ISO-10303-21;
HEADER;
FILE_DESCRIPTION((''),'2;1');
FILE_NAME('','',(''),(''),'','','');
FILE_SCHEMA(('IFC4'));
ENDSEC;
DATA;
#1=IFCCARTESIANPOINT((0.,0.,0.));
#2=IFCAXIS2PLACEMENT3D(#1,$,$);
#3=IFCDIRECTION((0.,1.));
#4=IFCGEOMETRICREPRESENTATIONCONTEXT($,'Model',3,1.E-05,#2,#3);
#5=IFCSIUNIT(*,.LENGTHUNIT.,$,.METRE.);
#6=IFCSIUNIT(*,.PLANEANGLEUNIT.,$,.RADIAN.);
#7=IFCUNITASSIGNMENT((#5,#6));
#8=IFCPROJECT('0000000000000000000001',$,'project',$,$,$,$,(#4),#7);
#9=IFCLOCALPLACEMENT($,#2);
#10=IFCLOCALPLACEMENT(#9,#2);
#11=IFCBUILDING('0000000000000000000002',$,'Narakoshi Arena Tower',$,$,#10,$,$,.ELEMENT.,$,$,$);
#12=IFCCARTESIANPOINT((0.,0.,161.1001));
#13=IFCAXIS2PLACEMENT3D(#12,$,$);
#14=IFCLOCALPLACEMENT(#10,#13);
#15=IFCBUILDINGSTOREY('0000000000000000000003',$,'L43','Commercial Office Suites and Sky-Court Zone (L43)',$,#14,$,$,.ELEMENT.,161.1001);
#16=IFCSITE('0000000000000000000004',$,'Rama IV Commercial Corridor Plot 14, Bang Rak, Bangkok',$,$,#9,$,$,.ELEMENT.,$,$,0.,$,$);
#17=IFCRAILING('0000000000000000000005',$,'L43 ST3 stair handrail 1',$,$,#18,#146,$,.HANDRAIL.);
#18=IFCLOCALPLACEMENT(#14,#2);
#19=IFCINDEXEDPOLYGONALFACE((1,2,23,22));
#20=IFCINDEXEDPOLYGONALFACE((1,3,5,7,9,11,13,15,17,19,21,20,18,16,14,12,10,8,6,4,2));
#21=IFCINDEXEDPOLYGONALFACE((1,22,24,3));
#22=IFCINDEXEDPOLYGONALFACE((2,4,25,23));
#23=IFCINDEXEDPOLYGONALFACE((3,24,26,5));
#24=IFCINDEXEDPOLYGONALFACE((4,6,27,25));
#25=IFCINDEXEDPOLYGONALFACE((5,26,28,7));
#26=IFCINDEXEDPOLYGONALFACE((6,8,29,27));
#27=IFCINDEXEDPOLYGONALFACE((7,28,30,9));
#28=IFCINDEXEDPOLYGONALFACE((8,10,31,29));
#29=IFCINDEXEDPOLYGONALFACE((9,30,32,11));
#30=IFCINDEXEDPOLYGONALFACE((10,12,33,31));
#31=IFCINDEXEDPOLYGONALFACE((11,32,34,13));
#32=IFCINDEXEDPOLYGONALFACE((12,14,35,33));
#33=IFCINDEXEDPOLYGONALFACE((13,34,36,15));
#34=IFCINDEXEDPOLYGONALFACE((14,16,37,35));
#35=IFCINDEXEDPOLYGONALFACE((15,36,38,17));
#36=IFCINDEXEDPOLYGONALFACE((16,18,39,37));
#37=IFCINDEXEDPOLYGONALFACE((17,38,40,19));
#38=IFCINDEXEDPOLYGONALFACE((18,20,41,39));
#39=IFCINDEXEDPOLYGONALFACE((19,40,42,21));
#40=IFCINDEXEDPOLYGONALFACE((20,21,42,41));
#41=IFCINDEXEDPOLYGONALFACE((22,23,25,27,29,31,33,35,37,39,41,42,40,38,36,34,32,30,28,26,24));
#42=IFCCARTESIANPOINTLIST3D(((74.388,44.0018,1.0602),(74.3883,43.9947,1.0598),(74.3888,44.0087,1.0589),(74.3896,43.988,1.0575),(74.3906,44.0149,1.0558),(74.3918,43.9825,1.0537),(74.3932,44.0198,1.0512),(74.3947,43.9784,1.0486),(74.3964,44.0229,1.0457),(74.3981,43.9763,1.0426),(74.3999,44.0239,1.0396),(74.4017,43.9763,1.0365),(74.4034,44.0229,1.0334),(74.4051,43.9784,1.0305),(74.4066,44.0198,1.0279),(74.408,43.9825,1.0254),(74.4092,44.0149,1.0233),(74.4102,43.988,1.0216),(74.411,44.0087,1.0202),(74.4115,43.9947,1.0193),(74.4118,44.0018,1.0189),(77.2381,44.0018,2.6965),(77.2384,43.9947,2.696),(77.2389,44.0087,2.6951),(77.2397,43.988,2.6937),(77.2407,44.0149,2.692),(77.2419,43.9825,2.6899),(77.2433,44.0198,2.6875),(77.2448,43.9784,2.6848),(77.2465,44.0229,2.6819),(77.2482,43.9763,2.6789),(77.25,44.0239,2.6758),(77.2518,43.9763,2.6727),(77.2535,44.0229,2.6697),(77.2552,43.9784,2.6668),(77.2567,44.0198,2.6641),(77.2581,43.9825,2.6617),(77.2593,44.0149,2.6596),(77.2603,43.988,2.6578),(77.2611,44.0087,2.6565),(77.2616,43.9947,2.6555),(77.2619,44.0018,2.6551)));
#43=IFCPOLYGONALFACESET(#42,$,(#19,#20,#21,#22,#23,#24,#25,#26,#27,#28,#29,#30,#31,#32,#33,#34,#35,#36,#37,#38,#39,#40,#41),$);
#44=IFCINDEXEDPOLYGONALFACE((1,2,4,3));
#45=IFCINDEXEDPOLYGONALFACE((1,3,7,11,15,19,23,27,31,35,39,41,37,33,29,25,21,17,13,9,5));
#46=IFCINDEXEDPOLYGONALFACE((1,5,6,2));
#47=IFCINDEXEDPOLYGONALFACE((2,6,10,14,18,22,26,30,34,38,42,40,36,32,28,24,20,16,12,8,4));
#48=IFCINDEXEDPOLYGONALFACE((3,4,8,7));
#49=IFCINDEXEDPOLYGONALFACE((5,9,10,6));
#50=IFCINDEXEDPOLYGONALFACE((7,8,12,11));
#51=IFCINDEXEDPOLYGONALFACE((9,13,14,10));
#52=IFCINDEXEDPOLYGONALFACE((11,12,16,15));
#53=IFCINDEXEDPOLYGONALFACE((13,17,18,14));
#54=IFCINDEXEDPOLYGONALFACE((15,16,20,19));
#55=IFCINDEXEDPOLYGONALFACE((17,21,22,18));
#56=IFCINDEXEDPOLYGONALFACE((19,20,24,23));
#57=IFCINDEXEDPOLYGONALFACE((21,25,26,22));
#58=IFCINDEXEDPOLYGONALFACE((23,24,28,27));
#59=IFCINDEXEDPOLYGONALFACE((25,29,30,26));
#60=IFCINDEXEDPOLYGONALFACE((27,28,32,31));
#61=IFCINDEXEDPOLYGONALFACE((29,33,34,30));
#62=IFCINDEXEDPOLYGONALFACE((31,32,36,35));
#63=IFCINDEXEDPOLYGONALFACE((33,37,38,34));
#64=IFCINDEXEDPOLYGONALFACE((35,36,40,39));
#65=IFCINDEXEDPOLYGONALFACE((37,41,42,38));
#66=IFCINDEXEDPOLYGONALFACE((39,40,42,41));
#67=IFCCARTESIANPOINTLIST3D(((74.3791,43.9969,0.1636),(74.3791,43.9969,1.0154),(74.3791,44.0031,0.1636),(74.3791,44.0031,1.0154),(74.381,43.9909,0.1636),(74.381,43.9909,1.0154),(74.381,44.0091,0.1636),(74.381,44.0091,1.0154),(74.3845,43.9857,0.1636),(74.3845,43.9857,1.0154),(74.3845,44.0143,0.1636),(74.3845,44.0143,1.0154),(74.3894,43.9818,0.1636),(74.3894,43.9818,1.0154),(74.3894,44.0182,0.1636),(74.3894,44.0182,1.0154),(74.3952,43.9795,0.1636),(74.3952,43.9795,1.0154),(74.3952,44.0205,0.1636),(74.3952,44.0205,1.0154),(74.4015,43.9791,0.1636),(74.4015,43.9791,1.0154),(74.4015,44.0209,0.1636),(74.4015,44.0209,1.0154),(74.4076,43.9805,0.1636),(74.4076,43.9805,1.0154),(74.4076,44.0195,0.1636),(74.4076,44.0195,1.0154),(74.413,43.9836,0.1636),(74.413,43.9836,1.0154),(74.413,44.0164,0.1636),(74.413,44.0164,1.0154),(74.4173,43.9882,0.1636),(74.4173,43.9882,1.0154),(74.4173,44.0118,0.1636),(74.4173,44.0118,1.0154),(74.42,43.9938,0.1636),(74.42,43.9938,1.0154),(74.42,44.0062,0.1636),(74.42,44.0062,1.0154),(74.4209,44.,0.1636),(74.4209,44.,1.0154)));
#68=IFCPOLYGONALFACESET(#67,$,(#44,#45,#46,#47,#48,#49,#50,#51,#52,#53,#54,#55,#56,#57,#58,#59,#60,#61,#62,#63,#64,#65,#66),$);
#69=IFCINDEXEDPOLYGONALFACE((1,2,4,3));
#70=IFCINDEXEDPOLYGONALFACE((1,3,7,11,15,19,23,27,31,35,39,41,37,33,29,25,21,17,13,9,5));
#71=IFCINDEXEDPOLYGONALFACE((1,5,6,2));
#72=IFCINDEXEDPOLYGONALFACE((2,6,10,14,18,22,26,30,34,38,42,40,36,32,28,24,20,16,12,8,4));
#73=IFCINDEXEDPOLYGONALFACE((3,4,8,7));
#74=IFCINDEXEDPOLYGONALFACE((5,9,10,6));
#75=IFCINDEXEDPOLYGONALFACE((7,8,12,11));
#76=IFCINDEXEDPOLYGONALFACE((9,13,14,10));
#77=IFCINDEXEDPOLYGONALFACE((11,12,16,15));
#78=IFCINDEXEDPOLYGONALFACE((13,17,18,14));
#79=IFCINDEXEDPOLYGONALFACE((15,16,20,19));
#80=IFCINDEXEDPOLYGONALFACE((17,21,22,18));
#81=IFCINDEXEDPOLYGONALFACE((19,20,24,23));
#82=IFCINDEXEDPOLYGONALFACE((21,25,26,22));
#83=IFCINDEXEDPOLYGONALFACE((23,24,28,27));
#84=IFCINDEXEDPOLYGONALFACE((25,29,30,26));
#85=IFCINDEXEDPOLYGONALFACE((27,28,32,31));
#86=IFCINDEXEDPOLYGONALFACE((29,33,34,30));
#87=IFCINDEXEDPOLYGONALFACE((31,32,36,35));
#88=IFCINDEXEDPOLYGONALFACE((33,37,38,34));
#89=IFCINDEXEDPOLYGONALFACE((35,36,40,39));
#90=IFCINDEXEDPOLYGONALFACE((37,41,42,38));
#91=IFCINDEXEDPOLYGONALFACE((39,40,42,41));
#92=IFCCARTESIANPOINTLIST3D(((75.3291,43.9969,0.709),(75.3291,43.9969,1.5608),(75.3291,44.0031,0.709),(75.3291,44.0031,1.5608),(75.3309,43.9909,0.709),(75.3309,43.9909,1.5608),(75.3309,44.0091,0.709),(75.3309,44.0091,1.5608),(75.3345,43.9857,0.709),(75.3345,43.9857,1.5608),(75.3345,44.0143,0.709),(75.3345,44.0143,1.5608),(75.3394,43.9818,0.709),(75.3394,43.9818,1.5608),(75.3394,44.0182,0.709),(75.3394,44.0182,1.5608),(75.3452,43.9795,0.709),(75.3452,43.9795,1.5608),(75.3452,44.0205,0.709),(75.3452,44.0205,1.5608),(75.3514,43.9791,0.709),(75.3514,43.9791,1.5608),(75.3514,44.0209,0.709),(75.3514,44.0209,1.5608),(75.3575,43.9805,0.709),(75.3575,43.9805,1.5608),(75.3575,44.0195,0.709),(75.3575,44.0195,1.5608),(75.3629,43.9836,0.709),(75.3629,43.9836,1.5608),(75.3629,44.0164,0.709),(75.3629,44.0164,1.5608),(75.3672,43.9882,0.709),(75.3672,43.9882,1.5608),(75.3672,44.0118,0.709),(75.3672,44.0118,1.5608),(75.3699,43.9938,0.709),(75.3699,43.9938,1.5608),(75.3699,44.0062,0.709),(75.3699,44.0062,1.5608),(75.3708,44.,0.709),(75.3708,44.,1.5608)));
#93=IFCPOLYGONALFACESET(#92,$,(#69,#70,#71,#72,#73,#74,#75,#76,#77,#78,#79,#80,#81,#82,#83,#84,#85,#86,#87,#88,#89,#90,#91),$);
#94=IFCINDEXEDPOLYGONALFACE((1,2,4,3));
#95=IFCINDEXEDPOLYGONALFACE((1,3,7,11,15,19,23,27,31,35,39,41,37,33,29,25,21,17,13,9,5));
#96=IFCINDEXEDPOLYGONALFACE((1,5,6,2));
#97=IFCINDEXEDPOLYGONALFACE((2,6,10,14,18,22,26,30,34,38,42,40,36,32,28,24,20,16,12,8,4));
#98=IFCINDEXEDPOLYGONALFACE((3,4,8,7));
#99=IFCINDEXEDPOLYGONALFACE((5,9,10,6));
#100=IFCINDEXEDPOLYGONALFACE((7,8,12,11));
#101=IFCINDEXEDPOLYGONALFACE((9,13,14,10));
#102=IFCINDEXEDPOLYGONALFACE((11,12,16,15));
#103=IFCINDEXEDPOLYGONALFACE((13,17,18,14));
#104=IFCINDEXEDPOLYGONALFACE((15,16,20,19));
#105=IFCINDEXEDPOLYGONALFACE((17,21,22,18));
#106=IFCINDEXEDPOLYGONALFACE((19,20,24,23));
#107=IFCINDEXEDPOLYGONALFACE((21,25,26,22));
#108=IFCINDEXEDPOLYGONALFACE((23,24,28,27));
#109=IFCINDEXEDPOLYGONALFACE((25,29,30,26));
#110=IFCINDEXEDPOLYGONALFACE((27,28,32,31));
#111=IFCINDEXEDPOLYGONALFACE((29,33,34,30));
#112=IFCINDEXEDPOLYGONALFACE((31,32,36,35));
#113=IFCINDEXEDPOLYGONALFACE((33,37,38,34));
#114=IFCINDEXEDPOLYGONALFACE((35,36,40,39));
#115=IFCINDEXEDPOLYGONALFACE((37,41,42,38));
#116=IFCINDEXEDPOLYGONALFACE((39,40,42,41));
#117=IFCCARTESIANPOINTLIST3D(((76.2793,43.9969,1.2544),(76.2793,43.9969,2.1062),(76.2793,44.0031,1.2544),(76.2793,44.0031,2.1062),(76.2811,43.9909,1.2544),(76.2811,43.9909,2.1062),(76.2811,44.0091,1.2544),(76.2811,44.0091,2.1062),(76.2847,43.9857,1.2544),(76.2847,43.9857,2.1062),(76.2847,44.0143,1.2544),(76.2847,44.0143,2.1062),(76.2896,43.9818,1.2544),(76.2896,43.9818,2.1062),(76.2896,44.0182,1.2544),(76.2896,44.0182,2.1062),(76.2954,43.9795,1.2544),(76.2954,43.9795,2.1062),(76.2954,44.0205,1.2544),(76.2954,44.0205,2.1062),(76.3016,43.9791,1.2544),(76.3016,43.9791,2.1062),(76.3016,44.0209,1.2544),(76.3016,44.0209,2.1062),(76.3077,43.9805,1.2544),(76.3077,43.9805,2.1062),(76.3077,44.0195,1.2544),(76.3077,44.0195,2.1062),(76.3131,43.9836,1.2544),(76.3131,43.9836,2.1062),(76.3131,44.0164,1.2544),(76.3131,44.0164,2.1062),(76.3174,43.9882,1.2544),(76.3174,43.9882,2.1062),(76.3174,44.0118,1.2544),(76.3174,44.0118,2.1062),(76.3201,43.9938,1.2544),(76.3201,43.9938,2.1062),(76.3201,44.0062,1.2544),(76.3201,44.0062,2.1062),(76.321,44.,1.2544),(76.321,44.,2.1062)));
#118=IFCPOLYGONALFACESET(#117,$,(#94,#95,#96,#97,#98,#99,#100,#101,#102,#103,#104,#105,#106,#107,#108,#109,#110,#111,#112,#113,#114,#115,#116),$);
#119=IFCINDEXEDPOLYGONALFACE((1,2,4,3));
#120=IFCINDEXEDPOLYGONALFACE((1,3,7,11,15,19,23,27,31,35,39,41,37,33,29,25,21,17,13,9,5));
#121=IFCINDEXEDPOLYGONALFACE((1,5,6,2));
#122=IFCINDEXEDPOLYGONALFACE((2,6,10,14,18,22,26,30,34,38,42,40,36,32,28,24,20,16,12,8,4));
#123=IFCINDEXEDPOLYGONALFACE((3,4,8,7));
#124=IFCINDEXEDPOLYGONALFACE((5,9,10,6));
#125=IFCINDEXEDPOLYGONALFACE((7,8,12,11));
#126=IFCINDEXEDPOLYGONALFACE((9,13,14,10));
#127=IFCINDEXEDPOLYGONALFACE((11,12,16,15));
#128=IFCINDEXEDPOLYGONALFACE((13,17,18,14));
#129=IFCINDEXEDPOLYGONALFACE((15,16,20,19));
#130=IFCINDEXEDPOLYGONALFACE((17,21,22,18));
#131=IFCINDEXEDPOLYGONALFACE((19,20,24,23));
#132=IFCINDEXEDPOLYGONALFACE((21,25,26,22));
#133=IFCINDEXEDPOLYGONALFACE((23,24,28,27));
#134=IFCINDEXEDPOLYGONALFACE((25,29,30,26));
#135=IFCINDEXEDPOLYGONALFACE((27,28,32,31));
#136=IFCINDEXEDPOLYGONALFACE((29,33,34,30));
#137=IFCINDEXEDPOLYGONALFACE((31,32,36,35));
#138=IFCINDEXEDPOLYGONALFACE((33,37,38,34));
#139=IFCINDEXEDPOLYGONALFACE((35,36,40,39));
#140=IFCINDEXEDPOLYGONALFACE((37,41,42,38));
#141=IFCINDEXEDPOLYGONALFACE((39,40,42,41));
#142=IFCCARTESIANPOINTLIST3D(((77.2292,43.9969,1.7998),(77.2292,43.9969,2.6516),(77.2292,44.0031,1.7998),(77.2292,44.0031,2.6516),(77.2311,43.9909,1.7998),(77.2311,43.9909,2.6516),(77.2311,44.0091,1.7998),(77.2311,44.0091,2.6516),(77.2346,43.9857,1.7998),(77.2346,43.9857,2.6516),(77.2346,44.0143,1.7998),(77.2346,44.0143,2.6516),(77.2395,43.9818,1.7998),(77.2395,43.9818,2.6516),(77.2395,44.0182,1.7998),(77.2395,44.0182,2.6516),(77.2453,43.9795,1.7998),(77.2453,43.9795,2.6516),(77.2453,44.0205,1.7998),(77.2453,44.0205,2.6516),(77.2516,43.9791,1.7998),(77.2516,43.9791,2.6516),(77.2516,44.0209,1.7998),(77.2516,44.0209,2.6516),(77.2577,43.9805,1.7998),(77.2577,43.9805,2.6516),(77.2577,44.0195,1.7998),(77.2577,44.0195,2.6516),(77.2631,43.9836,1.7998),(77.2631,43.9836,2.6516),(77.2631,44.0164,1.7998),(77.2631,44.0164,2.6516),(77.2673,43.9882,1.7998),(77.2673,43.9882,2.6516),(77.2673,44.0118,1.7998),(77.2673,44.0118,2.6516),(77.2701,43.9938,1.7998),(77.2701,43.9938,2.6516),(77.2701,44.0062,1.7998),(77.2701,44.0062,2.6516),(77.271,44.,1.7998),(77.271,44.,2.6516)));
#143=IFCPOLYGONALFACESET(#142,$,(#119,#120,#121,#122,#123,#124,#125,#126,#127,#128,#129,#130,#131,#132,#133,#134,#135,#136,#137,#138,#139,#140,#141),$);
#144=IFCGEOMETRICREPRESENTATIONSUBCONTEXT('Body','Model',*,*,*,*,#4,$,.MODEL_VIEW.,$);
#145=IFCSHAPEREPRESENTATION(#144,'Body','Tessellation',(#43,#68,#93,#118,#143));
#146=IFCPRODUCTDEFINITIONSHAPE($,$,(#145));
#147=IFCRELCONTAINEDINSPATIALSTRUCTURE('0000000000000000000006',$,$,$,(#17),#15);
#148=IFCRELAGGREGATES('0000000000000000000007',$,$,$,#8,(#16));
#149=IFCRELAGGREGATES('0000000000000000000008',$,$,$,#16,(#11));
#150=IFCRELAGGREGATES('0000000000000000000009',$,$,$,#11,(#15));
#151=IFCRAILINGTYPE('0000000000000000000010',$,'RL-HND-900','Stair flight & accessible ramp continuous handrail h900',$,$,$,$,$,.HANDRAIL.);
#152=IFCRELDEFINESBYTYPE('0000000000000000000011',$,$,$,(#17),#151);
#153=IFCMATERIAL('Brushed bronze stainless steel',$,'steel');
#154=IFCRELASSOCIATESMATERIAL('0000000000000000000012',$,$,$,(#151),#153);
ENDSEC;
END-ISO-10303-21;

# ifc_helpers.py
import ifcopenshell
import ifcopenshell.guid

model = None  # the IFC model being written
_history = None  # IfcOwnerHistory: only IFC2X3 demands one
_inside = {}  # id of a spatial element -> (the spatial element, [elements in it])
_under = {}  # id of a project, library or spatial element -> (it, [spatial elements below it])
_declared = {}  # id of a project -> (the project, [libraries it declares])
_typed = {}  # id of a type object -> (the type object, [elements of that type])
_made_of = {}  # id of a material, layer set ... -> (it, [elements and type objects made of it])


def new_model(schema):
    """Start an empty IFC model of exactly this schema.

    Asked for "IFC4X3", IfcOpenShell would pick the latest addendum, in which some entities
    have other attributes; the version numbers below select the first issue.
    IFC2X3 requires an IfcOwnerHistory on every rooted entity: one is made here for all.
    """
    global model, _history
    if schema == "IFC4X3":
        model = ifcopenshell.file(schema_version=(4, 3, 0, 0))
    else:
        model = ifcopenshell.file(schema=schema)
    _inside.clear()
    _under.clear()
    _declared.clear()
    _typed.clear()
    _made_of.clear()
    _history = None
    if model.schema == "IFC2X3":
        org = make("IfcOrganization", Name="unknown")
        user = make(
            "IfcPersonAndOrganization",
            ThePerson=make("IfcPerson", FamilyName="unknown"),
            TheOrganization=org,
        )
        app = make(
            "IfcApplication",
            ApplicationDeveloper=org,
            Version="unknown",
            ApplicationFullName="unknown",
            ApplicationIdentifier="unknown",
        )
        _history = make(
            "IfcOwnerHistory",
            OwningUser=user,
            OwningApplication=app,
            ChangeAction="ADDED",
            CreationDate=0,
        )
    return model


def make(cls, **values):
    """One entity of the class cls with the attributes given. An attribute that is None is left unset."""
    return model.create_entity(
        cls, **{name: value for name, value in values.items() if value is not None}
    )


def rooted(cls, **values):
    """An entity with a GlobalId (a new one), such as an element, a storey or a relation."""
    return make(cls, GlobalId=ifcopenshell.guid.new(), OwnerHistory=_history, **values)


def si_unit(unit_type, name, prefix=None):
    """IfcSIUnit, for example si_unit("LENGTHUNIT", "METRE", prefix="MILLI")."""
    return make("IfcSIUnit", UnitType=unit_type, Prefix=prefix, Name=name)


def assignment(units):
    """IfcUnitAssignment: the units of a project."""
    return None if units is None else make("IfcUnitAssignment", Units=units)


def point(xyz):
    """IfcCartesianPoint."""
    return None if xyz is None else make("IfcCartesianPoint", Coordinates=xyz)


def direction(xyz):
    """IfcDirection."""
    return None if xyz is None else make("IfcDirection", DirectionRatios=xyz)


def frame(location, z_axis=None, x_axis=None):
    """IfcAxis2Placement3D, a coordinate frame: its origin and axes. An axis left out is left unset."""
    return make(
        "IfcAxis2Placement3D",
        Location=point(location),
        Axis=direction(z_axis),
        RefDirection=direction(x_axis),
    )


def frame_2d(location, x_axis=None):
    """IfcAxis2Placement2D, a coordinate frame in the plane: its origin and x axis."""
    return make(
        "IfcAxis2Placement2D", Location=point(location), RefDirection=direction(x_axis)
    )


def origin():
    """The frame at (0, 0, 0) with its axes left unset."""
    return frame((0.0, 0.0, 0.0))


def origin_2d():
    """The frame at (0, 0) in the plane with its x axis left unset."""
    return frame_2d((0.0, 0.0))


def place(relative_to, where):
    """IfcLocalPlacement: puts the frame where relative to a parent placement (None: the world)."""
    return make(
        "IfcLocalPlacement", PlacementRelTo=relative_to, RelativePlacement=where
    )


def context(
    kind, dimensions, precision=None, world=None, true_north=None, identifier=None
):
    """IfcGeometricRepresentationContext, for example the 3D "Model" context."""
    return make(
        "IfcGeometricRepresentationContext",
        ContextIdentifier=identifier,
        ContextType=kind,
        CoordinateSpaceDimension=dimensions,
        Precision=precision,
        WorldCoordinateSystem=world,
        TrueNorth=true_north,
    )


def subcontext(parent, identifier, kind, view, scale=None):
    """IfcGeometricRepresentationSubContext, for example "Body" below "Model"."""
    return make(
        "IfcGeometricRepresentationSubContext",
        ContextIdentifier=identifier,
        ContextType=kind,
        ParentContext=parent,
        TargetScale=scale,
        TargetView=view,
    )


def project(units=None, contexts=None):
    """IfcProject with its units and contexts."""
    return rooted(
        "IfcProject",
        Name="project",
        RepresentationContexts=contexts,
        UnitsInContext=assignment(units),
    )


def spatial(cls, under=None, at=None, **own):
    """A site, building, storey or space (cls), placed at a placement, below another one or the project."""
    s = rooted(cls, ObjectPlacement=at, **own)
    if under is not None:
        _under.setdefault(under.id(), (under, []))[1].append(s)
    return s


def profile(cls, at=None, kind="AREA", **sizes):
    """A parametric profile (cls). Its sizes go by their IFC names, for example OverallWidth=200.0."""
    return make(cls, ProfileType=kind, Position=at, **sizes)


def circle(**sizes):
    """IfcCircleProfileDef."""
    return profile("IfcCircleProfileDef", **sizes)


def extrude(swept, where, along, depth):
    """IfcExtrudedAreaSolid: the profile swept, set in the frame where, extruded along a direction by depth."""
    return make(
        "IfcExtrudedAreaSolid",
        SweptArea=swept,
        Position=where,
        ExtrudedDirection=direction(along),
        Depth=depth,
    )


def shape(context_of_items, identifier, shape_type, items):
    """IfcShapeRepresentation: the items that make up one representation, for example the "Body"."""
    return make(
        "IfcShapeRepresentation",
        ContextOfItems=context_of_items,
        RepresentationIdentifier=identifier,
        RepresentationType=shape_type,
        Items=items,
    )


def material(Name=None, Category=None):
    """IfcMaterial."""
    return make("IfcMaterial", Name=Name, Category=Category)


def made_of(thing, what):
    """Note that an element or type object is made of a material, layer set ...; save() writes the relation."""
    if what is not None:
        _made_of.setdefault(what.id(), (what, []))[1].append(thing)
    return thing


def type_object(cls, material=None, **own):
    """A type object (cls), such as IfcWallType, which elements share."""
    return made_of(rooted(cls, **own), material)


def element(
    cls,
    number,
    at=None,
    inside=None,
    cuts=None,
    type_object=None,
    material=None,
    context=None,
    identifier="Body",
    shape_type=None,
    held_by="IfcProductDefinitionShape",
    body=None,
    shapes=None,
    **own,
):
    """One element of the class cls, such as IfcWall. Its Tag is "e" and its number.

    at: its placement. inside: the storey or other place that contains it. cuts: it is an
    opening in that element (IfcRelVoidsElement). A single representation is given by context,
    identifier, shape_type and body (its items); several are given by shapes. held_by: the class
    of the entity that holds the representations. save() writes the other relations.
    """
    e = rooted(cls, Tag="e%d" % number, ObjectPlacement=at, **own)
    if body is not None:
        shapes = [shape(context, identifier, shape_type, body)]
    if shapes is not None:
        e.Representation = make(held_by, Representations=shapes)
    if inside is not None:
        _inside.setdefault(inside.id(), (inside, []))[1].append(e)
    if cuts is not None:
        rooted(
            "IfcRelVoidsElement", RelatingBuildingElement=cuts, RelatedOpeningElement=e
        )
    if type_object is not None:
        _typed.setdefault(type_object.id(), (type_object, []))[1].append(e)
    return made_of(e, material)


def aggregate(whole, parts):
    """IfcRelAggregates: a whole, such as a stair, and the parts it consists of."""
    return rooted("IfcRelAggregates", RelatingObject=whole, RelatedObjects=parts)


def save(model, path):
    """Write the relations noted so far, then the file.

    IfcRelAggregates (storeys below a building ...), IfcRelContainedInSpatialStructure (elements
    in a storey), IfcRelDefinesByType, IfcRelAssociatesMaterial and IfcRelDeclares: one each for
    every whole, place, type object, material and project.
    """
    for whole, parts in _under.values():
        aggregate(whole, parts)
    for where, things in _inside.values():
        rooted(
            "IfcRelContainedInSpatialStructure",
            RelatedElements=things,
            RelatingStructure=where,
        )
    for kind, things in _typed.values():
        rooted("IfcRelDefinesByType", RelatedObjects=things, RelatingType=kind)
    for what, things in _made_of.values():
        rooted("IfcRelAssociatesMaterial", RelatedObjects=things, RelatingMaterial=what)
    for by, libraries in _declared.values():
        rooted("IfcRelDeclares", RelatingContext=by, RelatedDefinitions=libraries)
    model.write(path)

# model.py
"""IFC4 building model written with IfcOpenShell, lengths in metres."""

from ifc_helpers import new_model, si_unit, direction, frame, origin, origin_2d, place, context, subcontext, project, spatial, circle, extrude, material, type_object, element, save


model = new_model("IFC4")

# Units and contexts
model_context = context("Model", 3, precision=1e-05, world=origin(), true_north=direction((0.0, 1.0)))
body_context = subcontext(model_context, "Body", "Model", "MODEL_VIEW")
ifc_project = project(units=[si_unit("LENGTHUNIT", "METRE"), si_unit("PLANEANGLEUNIT", "RADIAN")], contexts=[model_context])

# Site, building, storey
site_placement = place(None, origin())
site = spatial("IfcSite", under=ifc_project, at=site_placement, Name="Rama IV Commercial Corridor Plot 14, Bang Rak, Bangkok", CompositionType="ELEMENT", RefElevation=0.0)
building_placement = place(site_placement, origin())
building = spatial("IfcBuilding", under=site, at=building_placement, Name="Narakoshi Arena Tower", CompositionType="ELEMENT")
storey_placement = place(building_placement, frame((0.0, 0.0, 161.1001)))
storey = spatial("IfcBuildingStorey", under=building, at=storey_placement, Name="L43", Description="Commercial Office Suites and Sky-Court Zone (L43)", CompositionType="ELEMENT", Elevation=161.1001)

# Railing
ifc_material_1 = material(Name="Brushed bronze stainless steel", Category="steel")
railing_type_1 = type_object("IfcRailingType", Name="RL-HND-900", Description="Stair flight & accessible ramp continuous handrail h900", PredefinedType="HANDRAIL", material=ifc_material_1)
for number, where, name in (
    (1, (74.3999, 44.0, 0.1636), "L43 ST3 stair handrail 1"),
):
    element("IfcRailing", number, at=place(storey_placement, frame(where)), inside=storey, type_object=railing_type_1, Name=name, PredefinedType="HANDRAIL", context=body_context, shape_type="SweptSolid", body=[
        extrude(circle(Radius=0.0239, at=origin_2d()), frame((0.0, 0.0, 0.876), z_axis=(0.867245, 0.0, 0.497882), x_axis=(0.0, 1.0, 0.0)), (0.0, 0.0, 1.0), 3.2864),
        extrude(circle(Radius=0.021, at=origin_2d()), origin(), (0.0, 0.0, 1.0), 0.8518),
        extrude(circle(Radius=0.021, at=origin_2d()), frame((0.95, 0.0, 0.5454)), (0.0, 0.0, 1.0), 0.8518),
        extrude(circle(Radius=0.021, at=origin_2d()), frame((1.9001, 0.0, 1.0908)), (0.0, 0.0, 1.0), 0.8518),
        extrude(circle(Radius=0.021, at=origin_2d()), frame((2.8501, 0.0, 1.6362)), (0.0, 0.0, 1.0), 0.8518),
    ])

save(model, "model.ifc")
